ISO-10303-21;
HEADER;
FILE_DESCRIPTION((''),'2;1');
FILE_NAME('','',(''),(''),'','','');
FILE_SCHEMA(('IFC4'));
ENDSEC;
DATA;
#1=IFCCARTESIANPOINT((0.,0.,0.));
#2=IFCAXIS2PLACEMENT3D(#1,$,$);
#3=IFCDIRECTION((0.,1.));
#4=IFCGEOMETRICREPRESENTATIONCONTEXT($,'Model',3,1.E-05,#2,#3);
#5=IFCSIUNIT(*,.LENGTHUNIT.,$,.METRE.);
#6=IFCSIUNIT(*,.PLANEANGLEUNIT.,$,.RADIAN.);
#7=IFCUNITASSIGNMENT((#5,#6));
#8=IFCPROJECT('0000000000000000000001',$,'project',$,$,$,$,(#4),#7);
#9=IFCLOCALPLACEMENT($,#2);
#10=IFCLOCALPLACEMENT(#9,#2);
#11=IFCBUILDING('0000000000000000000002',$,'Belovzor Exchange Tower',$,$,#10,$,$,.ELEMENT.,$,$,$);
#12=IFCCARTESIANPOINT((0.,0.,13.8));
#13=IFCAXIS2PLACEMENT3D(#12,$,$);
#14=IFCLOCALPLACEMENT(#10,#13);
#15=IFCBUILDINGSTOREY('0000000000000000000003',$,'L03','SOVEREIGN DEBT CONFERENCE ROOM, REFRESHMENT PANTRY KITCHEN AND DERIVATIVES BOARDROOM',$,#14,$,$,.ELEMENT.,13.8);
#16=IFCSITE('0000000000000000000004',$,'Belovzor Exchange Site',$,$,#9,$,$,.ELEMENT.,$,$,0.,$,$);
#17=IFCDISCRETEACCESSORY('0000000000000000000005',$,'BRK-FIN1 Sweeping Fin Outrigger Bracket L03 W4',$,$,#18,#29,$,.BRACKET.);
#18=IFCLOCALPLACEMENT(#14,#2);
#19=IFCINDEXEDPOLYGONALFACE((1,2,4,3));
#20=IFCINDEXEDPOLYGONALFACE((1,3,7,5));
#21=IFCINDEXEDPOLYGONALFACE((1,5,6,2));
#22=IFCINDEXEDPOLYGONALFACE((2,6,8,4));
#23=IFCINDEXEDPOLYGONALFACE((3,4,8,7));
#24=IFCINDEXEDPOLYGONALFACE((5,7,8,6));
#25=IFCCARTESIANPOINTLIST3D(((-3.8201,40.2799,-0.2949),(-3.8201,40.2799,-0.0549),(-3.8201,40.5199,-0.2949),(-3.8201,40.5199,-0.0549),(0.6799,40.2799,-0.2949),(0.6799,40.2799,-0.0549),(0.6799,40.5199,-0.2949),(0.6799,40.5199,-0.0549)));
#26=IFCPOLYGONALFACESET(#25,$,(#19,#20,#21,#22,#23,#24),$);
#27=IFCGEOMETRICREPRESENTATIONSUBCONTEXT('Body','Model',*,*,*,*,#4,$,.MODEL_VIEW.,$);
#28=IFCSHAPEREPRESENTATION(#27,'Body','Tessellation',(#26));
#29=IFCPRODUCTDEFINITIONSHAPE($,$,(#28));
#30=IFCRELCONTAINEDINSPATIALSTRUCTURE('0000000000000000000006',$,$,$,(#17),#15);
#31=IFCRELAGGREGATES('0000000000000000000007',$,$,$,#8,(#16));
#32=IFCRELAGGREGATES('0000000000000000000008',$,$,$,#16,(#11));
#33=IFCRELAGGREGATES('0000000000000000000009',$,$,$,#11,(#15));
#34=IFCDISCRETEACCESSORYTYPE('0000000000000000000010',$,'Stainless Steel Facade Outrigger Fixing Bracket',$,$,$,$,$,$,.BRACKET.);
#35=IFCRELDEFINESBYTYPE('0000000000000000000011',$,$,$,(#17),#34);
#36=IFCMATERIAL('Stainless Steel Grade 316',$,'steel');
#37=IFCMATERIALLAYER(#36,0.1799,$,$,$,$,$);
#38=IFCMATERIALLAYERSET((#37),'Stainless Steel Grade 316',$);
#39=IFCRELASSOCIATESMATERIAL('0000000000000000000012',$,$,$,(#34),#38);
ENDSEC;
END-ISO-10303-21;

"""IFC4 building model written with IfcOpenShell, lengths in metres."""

from ifc_helpers import new_model, si_unit, direction, frame, origin, origin_2d, place, context, subcontext, project, spatial, rectangle, extrude, material, layer, layer_set, type_object, element, save


model = new_model("IFC4")

# Units and contexts
model_context = context("Model", 3, precision=1e-05, world=origin(), true_north=direction((0.0, 1.0)))
body_context = subcontext(model_context, "Body", "Model", "MODEL_VIEW")
ifc_project = project(units=[si_unit("LENGTHUNIT", "METRE"), si_unit("PLANEANGLEUNIT", "RADIAN")], contexts=[model_context])

# Site, building, storey
site_placement = place(None, origin())
site = spatial("IfcSite", under=ifc_project, at=site_placement, Name="Belovzor Exchange Site", CompositionType="ELEMENT", RefElevation=0.0)
building_placement = place(site_placement, origin())
building = spatial("IfcBuilding", under=site, at=building_placement, Name="Belovzor Exchange Tower", CompositionType="ELEMENT")
storey_placement = place(building_placement, frame((0.0, 0.0, 13.8)))
storey = spatial("IfcBuildingStorey", under=building, at=storey_placement, Name="L03", Description="SOVEREIGN DEBT CONFERENCE ROOM, REFRESHMENT PANTRY KITCHEN AND DERIVATIVES BOARDROOM", CompositionType="ELEMENT", Elevation=13.8)

# Discrete accessory
ifc_material_1 = material(Name="Stainless Steel Grade 316", Category="steel")
ifc_layer_1 = layer(ifc_material_1, 0.1799)
ifc_layer_set_1 = layer_set([ifc_layer_1], Name="Stainless Steel Grade 316")
discrete_accessory_type = type_object("IfcDiscreteAccessoryType", Name="Stainless Steel Facade Outrigger Fixing Bracket", PredefinedType="BRACKET", material=ifc_layer_set_1)
discrete_accessory_placement = place(storey_placement, frame((-1.5701, 40.3999, -0.2949), z_axis=(0.0, 0.0, 1.0), x_axis=(1.0, 0.0, 0.0)))
element("IfcDiscreteAccessory", 1, at=discrete_accessory_placement, inside=storey, type_object=discrete_accessory_type, Name="BRK-FIN1 Sweeping Fin Outrigger Bracket L03 W4", PredefinedType="BRACKET", context=body_context, shape_type="SweptSolid", body=[
    extrude(rectangle(XDim=4.5, YDim=0.24, at=origin_2d()), origin(), (0.0, 0.0, 1.0), 0.24),
])

save(model, "model.ifc")
